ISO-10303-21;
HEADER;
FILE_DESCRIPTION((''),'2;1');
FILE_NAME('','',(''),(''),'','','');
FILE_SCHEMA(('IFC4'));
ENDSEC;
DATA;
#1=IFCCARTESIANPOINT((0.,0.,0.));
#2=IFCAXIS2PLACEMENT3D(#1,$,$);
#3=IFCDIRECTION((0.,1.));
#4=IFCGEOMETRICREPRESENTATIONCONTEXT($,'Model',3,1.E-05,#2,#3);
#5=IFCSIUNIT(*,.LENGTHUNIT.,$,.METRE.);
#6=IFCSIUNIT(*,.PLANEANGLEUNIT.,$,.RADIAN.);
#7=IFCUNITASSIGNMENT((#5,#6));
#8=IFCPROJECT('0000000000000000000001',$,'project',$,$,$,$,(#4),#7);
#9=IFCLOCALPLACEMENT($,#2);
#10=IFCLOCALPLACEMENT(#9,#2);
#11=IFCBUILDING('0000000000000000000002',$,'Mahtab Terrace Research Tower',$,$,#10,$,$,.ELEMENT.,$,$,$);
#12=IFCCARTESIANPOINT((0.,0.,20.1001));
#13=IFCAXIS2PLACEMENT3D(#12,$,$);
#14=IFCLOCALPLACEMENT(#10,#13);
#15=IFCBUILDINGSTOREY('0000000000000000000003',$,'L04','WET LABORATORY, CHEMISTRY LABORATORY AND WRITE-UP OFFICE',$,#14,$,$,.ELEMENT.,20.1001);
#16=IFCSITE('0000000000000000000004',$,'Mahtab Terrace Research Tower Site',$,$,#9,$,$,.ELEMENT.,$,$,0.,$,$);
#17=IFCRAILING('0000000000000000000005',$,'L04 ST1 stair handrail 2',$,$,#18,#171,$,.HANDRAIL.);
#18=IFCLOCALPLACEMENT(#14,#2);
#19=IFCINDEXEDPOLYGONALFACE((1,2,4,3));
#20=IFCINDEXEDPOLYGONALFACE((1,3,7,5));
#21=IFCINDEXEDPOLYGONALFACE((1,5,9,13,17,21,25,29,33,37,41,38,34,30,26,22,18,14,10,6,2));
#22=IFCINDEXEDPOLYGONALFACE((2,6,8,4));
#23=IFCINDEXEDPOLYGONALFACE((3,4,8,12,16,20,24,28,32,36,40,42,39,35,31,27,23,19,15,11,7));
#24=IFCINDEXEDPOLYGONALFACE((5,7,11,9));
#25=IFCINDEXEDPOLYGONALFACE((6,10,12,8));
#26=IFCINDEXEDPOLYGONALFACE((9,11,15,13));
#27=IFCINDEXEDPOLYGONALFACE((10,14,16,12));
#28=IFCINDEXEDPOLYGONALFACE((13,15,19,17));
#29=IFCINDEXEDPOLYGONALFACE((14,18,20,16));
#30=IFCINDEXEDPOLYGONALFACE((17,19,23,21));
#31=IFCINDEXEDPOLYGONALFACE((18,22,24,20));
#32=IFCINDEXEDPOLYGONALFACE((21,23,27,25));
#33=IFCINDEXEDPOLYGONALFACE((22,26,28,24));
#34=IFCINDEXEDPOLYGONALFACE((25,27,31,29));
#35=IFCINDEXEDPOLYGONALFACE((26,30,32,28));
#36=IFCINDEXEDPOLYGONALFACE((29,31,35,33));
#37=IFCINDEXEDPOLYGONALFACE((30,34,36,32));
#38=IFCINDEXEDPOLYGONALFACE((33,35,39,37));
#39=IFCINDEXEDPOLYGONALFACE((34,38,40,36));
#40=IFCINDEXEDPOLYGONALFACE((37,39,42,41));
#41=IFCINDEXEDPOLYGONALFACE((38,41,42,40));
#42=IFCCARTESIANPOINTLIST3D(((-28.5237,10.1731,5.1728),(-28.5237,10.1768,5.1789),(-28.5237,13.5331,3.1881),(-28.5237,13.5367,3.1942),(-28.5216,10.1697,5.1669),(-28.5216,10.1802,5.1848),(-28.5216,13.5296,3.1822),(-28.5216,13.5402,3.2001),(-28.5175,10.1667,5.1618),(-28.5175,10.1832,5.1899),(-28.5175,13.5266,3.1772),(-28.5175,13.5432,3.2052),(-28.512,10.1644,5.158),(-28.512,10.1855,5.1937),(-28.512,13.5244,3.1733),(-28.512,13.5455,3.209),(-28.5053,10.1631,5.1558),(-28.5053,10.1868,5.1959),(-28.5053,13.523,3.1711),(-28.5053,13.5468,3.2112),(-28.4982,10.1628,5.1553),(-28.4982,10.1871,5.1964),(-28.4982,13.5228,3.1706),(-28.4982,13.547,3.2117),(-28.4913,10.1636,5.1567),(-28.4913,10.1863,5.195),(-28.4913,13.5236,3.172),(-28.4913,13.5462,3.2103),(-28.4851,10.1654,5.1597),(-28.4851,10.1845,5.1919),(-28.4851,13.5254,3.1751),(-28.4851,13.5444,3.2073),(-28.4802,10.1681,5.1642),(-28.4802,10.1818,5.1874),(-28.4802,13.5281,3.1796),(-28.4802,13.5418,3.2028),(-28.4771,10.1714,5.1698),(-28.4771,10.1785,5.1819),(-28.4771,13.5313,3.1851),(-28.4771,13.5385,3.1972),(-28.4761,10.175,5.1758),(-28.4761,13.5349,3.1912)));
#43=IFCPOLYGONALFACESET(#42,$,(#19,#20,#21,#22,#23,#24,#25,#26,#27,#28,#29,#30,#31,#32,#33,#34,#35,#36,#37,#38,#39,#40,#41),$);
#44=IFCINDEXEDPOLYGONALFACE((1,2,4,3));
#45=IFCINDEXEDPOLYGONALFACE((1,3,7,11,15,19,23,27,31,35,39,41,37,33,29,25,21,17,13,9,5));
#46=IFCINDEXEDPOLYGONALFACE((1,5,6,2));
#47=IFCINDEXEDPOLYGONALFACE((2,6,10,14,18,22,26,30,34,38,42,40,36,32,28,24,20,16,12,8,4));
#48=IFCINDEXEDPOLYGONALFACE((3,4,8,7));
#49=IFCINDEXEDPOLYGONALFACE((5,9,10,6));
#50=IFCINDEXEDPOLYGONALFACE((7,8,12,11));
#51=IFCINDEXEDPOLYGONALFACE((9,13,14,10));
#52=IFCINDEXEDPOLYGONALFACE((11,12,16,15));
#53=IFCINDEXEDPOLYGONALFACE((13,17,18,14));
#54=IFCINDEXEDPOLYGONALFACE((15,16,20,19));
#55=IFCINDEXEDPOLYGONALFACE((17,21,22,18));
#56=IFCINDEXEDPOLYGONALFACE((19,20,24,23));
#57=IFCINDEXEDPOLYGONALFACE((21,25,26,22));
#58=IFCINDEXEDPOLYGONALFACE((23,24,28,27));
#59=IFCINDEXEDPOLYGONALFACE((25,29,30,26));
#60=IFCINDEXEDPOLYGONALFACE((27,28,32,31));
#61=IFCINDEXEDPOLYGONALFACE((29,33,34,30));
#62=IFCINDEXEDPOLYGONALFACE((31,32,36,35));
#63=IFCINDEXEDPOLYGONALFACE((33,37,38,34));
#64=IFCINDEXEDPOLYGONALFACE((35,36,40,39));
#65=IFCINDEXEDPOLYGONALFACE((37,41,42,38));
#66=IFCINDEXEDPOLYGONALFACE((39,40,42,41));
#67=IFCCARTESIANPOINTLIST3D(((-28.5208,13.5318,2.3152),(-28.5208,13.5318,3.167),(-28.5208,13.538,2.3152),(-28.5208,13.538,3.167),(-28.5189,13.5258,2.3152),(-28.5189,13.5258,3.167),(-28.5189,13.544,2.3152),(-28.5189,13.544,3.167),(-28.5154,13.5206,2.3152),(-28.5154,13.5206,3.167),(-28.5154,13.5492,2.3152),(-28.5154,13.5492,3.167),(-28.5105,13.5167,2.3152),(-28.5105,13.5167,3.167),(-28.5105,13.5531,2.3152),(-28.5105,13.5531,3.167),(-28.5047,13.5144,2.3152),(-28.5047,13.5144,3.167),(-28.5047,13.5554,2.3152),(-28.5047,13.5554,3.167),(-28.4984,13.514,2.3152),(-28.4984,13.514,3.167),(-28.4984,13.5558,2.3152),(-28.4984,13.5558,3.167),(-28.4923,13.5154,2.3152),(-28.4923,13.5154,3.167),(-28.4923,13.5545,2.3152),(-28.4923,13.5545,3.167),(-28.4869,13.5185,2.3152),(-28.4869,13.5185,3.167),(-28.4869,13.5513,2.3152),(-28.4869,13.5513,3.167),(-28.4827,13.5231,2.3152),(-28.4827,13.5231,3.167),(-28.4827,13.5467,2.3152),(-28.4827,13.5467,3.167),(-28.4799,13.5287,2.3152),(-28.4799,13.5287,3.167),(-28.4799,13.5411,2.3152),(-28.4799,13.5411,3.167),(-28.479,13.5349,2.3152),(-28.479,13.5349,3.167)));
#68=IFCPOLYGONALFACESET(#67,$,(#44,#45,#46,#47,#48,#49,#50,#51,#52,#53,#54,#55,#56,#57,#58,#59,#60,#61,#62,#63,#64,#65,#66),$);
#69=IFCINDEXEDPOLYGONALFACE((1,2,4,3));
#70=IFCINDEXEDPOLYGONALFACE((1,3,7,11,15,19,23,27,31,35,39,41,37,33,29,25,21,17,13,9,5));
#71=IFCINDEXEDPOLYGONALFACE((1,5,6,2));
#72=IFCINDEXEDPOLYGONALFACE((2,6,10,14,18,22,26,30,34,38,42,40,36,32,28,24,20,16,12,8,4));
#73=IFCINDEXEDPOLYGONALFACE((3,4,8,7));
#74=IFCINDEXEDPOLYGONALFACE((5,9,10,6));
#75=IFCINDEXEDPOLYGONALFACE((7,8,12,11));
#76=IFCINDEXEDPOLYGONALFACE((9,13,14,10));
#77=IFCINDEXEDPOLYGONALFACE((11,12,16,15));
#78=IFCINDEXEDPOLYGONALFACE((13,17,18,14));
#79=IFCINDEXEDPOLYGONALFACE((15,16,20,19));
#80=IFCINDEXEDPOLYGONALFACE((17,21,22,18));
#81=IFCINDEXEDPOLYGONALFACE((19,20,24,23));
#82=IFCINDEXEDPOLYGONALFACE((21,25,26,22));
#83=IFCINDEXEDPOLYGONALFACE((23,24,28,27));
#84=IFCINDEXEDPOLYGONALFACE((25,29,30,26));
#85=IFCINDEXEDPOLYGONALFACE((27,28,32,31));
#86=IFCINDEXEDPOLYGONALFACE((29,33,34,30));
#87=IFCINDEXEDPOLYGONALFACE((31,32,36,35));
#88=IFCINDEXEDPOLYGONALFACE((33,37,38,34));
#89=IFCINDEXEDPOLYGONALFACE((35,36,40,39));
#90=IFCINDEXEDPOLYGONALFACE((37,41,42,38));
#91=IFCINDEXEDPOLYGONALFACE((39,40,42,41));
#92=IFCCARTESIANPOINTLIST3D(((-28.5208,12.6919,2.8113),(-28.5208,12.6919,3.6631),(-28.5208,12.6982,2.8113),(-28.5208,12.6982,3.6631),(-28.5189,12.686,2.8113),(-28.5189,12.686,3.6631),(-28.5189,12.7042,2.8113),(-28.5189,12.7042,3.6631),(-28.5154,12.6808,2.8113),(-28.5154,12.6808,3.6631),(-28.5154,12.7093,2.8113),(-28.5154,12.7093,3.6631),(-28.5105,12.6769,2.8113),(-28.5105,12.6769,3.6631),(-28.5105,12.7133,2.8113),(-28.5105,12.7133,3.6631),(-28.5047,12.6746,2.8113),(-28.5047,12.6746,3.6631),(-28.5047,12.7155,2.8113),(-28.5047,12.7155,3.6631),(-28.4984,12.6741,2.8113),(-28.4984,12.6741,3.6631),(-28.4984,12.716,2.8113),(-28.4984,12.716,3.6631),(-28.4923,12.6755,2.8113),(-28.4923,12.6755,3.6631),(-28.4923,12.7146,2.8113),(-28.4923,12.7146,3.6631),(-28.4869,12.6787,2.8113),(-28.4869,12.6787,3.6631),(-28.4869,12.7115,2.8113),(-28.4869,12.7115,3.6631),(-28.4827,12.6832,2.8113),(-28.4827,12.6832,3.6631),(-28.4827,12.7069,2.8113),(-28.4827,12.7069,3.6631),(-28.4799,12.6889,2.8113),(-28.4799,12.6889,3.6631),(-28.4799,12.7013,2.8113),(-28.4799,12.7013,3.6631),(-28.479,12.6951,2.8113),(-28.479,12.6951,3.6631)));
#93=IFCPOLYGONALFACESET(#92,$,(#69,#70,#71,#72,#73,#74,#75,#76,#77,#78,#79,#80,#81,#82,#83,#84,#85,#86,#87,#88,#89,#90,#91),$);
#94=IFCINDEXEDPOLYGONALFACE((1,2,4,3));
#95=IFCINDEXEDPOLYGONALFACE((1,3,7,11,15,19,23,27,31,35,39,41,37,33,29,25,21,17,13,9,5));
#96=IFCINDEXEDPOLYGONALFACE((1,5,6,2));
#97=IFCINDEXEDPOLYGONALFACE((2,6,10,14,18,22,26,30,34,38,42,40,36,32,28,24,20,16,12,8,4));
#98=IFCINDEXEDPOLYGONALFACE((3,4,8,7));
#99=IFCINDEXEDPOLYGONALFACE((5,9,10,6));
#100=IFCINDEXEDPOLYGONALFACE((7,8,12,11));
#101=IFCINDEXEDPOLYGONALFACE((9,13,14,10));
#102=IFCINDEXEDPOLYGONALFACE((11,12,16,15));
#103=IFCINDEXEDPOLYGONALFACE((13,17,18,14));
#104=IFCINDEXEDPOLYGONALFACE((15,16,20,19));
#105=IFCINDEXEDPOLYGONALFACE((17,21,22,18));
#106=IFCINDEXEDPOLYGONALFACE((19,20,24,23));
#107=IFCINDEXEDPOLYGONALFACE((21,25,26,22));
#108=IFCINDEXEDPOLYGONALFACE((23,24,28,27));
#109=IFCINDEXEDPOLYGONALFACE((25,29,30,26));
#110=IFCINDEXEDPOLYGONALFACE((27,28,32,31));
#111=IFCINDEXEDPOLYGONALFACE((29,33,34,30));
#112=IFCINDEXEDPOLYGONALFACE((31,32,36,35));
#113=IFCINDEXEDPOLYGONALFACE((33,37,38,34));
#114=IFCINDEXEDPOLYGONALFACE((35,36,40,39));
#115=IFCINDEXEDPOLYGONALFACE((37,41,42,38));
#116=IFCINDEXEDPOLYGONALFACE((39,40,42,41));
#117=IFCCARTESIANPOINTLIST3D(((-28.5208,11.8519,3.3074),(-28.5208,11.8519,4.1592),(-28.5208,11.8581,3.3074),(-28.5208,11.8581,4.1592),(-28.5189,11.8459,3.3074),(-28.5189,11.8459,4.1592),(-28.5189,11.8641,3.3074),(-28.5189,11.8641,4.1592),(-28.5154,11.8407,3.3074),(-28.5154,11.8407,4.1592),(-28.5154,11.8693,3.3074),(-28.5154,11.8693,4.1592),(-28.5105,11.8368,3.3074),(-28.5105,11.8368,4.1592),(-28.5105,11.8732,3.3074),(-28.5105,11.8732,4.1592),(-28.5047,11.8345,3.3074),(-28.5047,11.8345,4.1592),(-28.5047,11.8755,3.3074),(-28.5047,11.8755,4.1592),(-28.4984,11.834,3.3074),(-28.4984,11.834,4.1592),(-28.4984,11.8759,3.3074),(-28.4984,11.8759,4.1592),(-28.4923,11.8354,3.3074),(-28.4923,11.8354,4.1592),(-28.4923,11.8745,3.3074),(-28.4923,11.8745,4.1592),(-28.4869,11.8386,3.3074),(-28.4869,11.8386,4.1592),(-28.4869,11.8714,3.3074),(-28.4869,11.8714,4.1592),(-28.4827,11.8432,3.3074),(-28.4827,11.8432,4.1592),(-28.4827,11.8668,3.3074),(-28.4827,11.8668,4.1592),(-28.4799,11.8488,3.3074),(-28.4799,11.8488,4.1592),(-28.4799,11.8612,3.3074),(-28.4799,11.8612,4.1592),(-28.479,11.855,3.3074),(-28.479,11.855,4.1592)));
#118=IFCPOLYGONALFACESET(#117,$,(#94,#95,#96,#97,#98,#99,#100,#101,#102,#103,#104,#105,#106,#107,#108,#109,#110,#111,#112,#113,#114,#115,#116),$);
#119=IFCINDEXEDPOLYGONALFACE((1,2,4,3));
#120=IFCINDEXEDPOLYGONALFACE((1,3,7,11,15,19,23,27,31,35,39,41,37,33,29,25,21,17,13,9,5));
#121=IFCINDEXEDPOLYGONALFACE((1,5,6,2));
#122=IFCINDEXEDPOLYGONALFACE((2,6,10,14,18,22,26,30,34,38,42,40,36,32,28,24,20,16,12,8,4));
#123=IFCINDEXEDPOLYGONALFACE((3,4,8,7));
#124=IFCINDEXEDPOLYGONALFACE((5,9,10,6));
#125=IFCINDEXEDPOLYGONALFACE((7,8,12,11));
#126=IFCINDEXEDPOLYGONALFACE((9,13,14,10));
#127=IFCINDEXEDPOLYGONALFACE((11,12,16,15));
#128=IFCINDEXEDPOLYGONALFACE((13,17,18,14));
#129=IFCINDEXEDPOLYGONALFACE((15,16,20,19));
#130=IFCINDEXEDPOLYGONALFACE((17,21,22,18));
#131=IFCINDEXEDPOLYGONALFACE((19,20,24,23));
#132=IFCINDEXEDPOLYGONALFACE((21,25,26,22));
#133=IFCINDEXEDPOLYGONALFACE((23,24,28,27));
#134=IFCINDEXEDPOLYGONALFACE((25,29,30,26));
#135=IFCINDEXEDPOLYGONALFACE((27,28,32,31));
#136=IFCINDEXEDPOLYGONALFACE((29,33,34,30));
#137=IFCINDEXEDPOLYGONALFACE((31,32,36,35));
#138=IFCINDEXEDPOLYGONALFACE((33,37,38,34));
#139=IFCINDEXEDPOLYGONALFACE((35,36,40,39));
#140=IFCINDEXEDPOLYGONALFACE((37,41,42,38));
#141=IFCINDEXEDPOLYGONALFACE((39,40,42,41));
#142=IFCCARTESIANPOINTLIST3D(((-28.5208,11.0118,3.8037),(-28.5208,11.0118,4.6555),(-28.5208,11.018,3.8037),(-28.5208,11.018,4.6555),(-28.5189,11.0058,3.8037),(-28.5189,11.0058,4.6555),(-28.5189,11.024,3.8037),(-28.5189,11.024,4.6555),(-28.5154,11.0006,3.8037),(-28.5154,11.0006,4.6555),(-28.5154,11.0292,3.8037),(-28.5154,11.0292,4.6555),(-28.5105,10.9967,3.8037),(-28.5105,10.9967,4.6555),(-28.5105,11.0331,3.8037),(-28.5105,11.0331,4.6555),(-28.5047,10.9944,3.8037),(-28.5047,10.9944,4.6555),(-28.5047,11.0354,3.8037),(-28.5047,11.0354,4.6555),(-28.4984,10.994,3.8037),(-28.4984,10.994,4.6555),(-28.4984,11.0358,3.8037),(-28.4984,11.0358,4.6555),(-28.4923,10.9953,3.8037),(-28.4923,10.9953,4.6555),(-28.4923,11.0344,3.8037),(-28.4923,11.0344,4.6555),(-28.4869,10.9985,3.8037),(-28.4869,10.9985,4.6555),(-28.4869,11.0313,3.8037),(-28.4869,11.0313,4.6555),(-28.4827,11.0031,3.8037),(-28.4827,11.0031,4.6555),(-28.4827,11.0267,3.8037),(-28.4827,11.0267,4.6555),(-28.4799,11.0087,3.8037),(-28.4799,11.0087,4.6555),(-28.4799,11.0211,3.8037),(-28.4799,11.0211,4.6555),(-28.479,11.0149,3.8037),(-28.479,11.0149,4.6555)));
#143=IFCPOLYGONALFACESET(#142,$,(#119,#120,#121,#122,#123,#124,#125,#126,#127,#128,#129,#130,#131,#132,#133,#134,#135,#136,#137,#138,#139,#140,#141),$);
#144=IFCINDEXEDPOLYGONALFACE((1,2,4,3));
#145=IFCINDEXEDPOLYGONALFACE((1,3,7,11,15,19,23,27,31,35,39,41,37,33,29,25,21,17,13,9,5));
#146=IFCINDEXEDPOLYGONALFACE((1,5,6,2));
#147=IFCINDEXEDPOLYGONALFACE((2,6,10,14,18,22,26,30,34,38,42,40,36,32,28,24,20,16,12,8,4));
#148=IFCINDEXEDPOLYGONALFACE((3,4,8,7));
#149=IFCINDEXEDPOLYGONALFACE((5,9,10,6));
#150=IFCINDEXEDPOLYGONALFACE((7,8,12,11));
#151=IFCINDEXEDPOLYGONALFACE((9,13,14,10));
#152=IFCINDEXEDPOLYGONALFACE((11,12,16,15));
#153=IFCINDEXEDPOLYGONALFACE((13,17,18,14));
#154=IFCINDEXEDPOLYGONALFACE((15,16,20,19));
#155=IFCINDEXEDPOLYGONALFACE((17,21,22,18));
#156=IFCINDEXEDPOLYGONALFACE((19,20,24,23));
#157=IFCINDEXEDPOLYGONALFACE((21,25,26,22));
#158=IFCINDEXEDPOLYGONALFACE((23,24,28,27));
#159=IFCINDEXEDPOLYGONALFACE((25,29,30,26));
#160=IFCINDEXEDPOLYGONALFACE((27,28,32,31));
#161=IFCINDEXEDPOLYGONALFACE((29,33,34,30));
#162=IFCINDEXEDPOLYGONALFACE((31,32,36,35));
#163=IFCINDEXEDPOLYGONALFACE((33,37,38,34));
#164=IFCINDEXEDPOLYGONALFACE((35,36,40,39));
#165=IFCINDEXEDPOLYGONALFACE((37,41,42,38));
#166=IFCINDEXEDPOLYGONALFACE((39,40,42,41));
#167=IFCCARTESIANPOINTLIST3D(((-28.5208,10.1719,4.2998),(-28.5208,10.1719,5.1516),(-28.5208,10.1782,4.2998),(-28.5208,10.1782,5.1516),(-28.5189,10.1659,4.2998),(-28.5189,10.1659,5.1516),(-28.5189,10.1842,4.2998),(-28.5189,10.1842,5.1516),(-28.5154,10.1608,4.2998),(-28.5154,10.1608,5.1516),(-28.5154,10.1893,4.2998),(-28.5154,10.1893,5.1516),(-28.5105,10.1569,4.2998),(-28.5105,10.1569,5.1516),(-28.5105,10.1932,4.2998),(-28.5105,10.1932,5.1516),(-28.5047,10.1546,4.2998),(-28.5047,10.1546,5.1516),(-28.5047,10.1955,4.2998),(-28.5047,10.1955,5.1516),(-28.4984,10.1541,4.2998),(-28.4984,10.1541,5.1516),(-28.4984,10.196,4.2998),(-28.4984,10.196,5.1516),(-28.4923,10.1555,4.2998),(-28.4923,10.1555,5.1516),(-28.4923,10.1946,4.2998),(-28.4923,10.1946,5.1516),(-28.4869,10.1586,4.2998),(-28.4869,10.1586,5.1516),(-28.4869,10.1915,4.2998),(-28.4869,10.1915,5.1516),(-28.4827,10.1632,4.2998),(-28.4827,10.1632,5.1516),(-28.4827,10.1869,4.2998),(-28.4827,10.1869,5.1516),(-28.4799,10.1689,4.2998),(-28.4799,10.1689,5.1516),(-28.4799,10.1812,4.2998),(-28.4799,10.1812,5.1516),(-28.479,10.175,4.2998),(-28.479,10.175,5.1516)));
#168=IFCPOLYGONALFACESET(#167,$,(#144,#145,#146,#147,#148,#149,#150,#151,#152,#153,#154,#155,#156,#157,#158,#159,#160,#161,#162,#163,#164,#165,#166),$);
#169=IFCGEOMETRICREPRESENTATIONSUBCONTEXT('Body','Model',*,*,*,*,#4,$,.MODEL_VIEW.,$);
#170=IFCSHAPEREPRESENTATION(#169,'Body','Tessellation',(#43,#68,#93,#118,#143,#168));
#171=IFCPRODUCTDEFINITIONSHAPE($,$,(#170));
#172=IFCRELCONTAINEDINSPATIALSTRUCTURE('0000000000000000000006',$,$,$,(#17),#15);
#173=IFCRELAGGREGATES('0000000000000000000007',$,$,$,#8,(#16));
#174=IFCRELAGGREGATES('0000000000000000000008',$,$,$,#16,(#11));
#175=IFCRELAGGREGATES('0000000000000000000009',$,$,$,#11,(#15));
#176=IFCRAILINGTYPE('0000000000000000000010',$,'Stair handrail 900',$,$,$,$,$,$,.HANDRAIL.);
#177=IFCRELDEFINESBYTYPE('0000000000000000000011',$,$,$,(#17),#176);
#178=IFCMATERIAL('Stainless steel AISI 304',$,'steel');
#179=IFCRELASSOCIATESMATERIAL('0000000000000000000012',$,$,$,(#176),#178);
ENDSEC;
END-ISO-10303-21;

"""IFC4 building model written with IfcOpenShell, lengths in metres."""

from ifc_helpers import new_model, si_unit, direction, frame, origin, origin_2d, place, context, subcontext, project, spatial, circle, extrude, material, type_object, element, save


model = new_model("IFC4")

# Units and contexts
model_context = context("Model", 3, precision=1e-05, world=origin(), true_north=direction((0.0, 1.0)))
body_context = subcontext(model_context, "Body", "Model", "MODEL_VIEW")
ifc_project = project(units=[si_unit("LENGTHUNIT", "METRE"), si_unit("PLANEANGLEUNIT", "RADIAN")], contexts=[model_context])

# Site, building, storey
site_placement = place(None, origin())
site = spatial("IfcSite", under=ifc_project, at=site_placement, Name="Mahtab Terrace Research Tower Site", CompositionType="ELEMENT", RefElevation=0.0)
building_placement = place(site_placement, origin())
building = spatial("IfcBuilding", under=site, at=building_placement, Name="Mahtab Terrace Research Tower", CompositionType="ELEMENT")
storey_placement = place(building_placement, frame((0.0, 0.0, 20.1001)))
storey = spatial("IfcBuildingStorey", under=building, at=storey_placement, Name="L04", Description="WET LABORATORY, CHEMISTRY LABORATORY AND WRITE-UP OFFICE", CompositionType="ELEMENT", Elevation=20.1001)

# Railing
ifc_material_1 = material(Name="Stainless steel AISI 304", Category="steel")
railing_type_1 = type_object("IfcRailingType", Name="Stair handrail 900", PredefinedType="HANDRAIL", material=ifc_material_1)
railing_1_placement = place(storey_placement, frame((-28.5, 13.5349, 2.3152)))
element("IfcRailing", 1, at=railing_1_placement, inside=storey, type_object=railing_type_1, Name="L04 ST1 stair handrail 2", PredefinedType="HANDRAIL", context=body_context, shape_type="SweptSolid", body=[
    extrude(circle(Radius=0.0239, at=origin_2d()), frame((0.0, 0.0, 0.876), z_axis=(0.0, -0.861011, 0.508586), x_axis=(1.0, 0.0, 0.0)), (0.0, 0.0, 1.0), 3.9023),
    extrude(circle(Radius=0.021, at=origin_2d()), origin(), (0.0, 0.0, 1.0), 0.8518),
    extrude(circle(Radius=0.021, at=origin_2d()), frame((0.0, -0.8398, 0.4961)), (0.0, 0.0, 1.0), 0.8518),
    extrude(circle(Radius=0.021, at=origin_2d()), frame((0.0, -1.6799, 0.9922)), (0.0, 0.0, 1.0), 0.8518),
    extrude(circle(Radius=0.021, at=origin_2d()), frame((0.0, -2.52, 1.4885)), (0.0, 0.0, 1.0), 0.8518),
    extrude(circle(Radius=0.021, at=origin_2d()), frame((0.0, -3.3599, 1.9846)), (0.0, 0.0, 1.0), 0.8518),
])

save(model, "model.ifc")
